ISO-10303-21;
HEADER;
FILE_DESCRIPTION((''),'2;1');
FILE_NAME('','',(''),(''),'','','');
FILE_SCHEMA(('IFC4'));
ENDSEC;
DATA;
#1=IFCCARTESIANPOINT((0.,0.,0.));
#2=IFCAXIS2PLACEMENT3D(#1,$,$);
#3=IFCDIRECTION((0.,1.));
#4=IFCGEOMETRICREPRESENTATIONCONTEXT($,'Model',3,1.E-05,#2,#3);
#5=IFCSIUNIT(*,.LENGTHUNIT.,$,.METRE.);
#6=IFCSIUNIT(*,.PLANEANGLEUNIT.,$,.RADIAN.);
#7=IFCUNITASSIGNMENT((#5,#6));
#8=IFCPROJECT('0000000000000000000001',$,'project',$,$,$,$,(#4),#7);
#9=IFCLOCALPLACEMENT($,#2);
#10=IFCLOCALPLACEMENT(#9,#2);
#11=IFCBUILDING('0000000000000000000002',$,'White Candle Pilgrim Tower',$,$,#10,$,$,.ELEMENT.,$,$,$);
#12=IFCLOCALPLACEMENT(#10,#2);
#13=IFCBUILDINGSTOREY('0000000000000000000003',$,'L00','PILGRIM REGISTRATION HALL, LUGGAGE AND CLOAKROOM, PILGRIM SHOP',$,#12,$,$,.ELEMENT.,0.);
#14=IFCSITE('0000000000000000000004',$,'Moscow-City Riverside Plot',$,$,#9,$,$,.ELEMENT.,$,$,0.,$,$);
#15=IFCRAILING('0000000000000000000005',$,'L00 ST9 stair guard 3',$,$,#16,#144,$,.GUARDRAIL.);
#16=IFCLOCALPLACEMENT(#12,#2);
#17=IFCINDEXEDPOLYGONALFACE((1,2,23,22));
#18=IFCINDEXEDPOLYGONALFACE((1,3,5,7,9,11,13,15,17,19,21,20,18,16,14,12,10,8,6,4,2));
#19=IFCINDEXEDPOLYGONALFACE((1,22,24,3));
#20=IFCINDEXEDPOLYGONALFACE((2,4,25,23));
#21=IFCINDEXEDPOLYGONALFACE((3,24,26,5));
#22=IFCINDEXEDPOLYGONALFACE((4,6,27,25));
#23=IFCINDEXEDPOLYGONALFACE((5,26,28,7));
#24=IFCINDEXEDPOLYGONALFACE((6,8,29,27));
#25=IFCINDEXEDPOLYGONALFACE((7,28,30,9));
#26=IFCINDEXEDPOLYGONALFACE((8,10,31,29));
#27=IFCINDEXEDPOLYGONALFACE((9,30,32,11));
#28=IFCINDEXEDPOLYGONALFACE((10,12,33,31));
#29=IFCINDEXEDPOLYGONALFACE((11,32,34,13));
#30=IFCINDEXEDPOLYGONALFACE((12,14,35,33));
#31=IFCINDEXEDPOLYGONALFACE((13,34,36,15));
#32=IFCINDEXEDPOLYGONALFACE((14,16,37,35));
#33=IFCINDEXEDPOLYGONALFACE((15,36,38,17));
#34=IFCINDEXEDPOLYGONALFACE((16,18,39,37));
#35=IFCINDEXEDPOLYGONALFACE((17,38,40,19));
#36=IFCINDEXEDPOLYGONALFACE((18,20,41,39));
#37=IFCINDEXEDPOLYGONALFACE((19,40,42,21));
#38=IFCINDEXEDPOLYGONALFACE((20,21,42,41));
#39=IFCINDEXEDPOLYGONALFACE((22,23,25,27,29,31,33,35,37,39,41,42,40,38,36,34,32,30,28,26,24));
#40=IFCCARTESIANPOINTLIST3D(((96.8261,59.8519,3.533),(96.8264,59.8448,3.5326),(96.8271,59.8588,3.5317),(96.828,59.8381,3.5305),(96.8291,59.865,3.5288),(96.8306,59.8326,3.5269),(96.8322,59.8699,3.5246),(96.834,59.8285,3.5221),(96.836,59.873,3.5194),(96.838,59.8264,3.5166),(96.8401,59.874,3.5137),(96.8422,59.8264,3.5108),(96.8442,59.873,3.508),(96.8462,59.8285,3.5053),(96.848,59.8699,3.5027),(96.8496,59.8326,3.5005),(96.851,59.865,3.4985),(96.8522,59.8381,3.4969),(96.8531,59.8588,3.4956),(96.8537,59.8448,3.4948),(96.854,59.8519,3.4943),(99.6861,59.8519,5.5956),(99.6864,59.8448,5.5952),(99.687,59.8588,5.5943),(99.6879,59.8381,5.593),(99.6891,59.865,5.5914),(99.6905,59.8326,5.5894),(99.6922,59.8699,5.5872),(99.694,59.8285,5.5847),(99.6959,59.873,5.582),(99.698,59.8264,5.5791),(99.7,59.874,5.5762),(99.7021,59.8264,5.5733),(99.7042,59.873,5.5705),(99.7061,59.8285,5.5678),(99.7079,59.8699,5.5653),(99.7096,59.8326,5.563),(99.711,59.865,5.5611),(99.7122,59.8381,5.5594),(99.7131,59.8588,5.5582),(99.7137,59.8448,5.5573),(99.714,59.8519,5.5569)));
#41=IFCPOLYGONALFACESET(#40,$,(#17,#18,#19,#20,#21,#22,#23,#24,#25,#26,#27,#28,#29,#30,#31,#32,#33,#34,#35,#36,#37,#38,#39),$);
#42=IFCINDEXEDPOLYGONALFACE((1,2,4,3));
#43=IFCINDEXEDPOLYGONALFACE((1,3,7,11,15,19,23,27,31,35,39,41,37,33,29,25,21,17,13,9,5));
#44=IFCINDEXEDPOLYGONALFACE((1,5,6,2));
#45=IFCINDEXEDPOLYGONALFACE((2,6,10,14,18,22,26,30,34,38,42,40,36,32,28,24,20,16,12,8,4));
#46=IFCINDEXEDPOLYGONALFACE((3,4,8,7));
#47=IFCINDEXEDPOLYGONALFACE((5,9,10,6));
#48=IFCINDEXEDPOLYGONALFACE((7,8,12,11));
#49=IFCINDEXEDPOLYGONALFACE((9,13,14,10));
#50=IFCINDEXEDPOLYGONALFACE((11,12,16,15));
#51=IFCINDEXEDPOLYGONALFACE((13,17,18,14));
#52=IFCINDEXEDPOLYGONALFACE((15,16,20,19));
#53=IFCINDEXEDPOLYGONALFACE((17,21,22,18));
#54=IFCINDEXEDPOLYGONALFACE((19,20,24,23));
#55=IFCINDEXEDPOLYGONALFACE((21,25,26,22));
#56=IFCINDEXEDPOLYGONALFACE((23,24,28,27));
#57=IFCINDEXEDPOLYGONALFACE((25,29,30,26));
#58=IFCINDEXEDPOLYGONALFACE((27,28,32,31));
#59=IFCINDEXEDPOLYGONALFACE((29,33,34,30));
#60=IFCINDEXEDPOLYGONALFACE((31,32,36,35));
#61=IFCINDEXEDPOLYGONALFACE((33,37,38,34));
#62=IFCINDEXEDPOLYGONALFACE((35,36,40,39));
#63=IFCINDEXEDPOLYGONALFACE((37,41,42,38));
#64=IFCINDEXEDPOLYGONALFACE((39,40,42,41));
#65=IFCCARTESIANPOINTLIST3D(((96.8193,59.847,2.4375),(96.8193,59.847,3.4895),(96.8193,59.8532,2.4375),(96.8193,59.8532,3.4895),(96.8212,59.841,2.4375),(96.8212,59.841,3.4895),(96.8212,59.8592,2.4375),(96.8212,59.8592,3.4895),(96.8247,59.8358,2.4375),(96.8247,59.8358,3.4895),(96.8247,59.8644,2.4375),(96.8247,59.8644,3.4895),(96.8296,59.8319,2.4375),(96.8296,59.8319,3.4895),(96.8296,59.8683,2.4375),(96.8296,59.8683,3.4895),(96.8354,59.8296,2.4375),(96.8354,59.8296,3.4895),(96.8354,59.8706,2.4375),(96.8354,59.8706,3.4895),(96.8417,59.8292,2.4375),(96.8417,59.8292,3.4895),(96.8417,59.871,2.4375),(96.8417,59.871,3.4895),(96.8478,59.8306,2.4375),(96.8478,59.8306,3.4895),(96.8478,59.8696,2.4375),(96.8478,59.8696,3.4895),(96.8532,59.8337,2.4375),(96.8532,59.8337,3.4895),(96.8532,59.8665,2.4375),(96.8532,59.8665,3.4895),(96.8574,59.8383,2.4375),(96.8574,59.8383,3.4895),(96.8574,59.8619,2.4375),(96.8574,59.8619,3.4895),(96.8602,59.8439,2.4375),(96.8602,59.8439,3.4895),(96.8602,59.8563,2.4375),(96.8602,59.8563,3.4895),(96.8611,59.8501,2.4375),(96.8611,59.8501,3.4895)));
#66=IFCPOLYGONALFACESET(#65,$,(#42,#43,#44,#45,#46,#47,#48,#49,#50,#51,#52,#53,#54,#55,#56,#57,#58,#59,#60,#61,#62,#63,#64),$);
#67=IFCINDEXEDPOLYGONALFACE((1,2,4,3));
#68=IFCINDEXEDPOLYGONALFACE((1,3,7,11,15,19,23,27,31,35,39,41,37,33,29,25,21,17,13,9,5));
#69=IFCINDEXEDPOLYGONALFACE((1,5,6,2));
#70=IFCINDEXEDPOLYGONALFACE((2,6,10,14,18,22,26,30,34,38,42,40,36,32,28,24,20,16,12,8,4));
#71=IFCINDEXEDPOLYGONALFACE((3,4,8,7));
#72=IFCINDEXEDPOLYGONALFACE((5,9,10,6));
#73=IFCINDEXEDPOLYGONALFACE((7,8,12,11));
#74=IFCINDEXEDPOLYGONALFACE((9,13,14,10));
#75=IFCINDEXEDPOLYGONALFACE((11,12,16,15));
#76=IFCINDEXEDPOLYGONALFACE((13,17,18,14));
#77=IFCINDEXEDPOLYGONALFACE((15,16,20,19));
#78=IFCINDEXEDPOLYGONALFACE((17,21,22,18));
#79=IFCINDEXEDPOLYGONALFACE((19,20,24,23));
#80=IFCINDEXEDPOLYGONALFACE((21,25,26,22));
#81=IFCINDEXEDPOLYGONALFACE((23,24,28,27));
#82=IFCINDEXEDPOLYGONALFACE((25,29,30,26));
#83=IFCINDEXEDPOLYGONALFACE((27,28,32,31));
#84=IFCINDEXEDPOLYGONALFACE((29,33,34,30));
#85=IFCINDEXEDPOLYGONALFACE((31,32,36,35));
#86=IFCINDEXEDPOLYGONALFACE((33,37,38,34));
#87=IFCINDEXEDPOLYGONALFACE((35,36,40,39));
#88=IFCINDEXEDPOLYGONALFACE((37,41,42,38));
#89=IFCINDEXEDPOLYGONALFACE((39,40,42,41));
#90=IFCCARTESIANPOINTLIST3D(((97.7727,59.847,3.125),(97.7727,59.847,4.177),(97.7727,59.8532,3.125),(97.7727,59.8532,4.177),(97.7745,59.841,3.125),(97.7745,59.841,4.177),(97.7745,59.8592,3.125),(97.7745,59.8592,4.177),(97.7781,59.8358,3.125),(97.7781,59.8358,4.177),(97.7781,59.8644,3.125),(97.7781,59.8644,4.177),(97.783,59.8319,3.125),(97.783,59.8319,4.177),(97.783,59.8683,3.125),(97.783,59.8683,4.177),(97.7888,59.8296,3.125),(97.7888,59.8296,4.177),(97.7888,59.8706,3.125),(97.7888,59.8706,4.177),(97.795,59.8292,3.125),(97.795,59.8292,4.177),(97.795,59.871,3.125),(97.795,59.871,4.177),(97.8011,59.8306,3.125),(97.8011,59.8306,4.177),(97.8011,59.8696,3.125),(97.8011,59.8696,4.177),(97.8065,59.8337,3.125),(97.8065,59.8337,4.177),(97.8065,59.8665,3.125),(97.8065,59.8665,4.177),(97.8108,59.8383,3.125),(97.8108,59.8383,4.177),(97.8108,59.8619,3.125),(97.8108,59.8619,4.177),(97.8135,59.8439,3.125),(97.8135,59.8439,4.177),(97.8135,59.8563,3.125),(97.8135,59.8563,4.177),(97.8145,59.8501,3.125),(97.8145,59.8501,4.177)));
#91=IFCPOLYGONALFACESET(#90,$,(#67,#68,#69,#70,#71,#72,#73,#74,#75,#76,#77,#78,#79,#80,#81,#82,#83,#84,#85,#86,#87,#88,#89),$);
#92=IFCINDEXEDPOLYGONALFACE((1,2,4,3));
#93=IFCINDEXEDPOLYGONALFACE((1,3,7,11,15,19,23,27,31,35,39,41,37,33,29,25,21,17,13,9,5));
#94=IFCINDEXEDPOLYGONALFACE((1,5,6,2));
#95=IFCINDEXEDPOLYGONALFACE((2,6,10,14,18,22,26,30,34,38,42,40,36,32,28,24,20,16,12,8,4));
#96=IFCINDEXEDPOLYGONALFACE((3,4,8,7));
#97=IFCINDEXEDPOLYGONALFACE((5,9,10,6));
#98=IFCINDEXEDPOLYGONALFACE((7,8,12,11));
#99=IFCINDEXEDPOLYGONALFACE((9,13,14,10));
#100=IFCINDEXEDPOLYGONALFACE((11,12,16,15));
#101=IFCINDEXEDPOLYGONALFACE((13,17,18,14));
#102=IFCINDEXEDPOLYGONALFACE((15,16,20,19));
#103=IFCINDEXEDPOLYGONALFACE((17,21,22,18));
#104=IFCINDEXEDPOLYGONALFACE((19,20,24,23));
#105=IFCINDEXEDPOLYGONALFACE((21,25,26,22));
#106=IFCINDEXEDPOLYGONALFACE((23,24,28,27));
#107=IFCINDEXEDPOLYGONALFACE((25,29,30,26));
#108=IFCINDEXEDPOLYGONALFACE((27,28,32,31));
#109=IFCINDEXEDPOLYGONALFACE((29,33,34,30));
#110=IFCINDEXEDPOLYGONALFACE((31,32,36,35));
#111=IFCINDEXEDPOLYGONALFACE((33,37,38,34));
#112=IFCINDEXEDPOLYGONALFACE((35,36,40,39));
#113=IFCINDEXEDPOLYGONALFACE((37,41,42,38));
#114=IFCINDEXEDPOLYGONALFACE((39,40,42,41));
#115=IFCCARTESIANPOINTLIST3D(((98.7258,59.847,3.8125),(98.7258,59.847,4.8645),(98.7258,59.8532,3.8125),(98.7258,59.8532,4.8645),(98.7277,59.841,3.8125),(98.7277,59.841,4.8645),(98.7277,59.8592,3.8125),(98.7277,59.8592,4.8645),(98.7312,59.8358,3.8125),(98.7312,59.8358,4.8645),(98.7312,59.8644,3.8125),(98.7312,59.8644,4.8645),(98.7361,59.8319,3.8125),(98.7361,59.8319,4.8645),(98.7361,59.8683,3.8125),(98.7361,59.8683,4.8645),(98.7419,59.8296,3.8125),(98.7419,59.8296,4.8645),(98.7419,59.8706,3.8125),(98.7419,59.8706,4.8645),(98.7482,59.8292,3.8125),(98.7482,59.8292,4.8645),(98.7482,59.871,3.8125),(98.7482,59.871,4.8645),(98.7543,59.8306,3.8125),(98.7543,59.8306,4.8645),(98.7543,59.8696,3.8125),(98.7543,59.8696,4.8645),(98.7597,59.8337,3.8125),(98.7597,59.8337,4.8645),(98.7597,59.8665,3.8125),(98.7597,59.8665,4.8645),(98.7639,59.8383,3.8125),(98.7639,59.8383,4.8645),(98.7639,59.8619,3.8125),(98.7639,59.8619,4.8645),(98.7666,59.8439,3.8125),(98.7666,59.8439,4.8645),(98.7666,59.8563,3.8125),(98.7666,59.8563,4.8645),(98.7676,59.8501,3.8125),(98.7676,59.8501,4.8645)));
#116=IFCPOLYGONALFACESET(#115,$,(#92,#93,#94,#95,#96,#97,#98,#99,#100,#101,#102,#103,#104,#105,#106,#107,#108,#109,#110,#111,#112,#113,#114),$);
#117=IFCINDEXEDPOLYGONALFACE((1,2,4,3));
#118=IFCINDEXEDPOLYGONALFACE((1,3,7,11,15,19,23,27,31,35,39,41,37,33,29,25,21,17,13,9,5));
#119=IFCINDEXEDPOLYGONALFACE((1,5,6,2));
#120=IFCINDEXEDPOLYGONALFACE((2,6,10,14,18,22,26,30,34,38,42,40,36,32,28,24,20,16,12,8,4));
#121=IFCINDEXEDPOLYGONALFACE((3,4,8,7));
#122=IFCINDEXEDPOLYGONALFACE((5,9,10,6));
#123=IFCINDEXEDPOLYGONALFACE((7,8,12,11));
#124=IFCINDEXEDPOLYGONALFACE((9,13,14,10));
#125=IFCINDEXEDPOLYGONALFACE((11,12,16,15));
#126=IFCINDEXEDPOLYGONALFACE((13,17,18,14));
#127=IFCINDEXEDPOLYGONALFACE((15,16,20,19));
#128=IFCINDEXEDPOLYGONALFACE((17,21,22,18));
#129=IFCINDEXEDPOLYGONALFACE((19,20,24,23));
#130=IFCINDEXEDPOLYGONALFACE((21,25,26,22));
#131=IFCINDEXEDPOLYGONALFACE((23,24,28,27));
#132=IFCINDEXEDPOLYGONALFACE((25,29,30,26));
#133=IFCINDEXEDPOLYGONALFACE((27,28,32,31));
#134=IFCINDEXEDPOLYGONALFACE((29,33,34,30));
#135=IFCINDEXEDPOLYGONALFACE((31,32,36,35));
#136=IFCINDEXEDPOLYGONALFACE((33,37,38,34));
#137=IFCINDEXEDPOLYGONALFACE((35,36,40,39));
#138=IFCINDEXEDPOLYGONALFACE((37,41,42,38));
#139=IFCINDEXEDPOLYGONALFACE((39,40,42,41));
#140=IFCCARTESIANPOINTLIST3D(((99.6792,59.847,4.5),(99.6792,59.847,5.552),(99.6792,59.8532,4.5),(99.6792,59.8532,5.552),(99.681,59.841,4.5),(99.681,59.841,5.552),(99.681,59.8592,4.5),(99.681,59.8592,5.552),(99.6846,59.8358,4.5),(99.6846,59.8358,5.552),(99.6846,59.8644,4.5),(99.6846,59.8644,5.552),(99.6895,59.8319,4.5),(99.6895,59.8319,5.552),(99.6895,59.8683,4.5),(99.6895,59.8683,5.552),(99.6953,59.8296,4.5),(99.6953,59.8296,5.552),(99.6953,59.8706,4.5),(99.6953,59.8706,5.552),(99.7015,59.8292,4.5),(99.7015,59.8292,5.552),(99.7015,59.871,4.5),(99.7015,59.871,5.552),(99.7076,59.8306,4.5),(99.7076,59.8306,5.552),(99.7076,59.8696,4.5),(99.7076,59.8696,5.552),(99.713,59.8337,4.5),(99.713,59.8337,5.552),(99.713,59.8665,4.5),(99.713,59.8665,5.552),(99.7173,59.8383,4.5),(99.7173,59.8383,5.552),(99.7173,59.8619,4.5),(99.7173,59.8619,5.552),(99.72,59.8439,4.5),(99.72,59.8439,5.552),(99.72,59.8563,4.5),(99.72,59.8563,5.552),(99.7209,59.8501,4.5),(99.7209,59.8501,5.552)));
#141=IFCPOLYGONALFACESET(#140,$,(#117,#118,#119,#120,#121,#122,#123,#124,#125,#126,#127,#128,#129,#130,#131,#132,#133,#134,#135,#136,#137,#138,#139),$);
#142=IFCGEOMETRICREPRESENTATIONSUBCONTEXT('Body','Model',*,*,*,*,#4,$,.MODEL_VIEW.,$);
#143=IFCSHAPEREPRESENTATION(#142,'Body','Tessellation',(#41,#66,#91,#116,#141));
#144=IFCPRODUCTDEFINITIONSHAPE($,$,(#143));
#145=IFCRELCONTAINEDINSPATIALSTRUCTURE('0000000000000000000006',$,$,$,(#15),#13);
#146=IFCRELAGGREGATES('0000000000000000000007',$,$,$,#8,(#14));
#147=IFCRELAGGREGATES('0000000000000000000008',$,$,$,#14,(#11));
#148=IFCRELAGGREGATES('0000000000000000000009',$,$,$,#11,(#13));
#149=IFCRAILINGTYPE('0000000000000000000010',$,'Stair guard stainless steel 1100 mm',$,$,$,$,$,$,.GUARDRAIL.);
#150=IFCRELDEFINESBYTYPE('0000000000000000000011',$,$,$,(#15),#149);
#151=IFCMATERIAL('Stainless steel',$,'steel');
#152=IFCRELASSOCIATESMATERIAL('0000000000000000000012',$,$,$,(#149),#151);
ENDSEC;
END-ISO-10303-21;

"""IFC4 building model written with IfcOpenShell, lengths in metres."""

from ifc_helpers import new_model, si_unit, direction, frame, origin, origin_2d, place, context, subcontext, project, spatial, circle, extrude, material, type_object, element, save


model = new_model("IFC4")

# Units and contexts
model_context = context("Model", 3, precision=1e-05, world=origin(), true_north=direction((0.0, 1.0)))
body_context = subcontext(model_context, "Body", "Model", "MODEL_VIEW")
ifc_project = project(units=[si_unit("LENGTHUNIT", "METRE"), si_unit("PLANEANGLEUNIT", "RADIAN")], contexts=[model_context])

# Site, building, storey
site_placement = place(None, origin())
site = spatial("IfcSite", under=ifc_project, at=site_placement, Name="Moscow-City Riverside Plot", CompositionType="ELEMENT", RefElevation=0.0)
building_placement = place(site_placement, origin())
building = spatial("IfcBuilding", under=site, at=building_placement, Name="White Candle Pilgrim Tower", CompositionType="ELEMENT")
storey_placement = place(building_placement, origin())
storey = spatial("IfcBuildingStorey", under=building, at=storey_placement, Name="L00", Description="PILGRIM REGISTRATION HALL, LUGGAGE AND CLOAKROOM, PILGRIM SHOP", CompositionType="ELEMENT", Elevation=0.0)

# Railing
ifc_material_1 = material(Name="Stainless steel", Category="steel")
railing_type_1 = type_object("IfcRailingType", Name="Stair guard stainless steel 1100 mm", PredefinedType="GUARDRAIL", material=ifc_material_1)
railing_1_placement = place(storey_placement, frame((96.8401, 59.8501, 2.4375)))
element("IfcRailing", 1, at=railing_1_placement, inside=storey, type_object=railing_type_1, Name="L00 ST9 stair guard 3", PredefinedType="GUARDRAIL", context=body_context, shape_type="SweptSolid", body=[
    extrude(circle(Radius=0.0239, at=origin_2d()), frame((0.0, 0.0, 1.0762), z_axis=(0.811077, 0.0, 0.584939), x_axis=(0.0, 1.0, 0.0)), (0.0, 0.0, 1.0), 3.5261),
    extrude(circle(Radius=0.021, at=origin_2d()), origin(), (0.0, 0.0, 1.0), 1.052),
    extrude(circle(Radius=0.021, at=origin_2d()), frame((0.9534, 0.0, 0.6875)), (0.0, 0.0, 1.0), 1.052),
    extrude(circle(Radius=0.021, at=origin_2d()), frame((1.9065, 0.0, 1.375)), (0.0, 0.0, 1.0), 1.052),
    extrude(circle(Radius=0.021, at=origin_2d()), frame((2.8599, 0.0, 2.0625)), (0.0, 0.0, 1.0), 1.052),
])

save(model, "model.ifc")
